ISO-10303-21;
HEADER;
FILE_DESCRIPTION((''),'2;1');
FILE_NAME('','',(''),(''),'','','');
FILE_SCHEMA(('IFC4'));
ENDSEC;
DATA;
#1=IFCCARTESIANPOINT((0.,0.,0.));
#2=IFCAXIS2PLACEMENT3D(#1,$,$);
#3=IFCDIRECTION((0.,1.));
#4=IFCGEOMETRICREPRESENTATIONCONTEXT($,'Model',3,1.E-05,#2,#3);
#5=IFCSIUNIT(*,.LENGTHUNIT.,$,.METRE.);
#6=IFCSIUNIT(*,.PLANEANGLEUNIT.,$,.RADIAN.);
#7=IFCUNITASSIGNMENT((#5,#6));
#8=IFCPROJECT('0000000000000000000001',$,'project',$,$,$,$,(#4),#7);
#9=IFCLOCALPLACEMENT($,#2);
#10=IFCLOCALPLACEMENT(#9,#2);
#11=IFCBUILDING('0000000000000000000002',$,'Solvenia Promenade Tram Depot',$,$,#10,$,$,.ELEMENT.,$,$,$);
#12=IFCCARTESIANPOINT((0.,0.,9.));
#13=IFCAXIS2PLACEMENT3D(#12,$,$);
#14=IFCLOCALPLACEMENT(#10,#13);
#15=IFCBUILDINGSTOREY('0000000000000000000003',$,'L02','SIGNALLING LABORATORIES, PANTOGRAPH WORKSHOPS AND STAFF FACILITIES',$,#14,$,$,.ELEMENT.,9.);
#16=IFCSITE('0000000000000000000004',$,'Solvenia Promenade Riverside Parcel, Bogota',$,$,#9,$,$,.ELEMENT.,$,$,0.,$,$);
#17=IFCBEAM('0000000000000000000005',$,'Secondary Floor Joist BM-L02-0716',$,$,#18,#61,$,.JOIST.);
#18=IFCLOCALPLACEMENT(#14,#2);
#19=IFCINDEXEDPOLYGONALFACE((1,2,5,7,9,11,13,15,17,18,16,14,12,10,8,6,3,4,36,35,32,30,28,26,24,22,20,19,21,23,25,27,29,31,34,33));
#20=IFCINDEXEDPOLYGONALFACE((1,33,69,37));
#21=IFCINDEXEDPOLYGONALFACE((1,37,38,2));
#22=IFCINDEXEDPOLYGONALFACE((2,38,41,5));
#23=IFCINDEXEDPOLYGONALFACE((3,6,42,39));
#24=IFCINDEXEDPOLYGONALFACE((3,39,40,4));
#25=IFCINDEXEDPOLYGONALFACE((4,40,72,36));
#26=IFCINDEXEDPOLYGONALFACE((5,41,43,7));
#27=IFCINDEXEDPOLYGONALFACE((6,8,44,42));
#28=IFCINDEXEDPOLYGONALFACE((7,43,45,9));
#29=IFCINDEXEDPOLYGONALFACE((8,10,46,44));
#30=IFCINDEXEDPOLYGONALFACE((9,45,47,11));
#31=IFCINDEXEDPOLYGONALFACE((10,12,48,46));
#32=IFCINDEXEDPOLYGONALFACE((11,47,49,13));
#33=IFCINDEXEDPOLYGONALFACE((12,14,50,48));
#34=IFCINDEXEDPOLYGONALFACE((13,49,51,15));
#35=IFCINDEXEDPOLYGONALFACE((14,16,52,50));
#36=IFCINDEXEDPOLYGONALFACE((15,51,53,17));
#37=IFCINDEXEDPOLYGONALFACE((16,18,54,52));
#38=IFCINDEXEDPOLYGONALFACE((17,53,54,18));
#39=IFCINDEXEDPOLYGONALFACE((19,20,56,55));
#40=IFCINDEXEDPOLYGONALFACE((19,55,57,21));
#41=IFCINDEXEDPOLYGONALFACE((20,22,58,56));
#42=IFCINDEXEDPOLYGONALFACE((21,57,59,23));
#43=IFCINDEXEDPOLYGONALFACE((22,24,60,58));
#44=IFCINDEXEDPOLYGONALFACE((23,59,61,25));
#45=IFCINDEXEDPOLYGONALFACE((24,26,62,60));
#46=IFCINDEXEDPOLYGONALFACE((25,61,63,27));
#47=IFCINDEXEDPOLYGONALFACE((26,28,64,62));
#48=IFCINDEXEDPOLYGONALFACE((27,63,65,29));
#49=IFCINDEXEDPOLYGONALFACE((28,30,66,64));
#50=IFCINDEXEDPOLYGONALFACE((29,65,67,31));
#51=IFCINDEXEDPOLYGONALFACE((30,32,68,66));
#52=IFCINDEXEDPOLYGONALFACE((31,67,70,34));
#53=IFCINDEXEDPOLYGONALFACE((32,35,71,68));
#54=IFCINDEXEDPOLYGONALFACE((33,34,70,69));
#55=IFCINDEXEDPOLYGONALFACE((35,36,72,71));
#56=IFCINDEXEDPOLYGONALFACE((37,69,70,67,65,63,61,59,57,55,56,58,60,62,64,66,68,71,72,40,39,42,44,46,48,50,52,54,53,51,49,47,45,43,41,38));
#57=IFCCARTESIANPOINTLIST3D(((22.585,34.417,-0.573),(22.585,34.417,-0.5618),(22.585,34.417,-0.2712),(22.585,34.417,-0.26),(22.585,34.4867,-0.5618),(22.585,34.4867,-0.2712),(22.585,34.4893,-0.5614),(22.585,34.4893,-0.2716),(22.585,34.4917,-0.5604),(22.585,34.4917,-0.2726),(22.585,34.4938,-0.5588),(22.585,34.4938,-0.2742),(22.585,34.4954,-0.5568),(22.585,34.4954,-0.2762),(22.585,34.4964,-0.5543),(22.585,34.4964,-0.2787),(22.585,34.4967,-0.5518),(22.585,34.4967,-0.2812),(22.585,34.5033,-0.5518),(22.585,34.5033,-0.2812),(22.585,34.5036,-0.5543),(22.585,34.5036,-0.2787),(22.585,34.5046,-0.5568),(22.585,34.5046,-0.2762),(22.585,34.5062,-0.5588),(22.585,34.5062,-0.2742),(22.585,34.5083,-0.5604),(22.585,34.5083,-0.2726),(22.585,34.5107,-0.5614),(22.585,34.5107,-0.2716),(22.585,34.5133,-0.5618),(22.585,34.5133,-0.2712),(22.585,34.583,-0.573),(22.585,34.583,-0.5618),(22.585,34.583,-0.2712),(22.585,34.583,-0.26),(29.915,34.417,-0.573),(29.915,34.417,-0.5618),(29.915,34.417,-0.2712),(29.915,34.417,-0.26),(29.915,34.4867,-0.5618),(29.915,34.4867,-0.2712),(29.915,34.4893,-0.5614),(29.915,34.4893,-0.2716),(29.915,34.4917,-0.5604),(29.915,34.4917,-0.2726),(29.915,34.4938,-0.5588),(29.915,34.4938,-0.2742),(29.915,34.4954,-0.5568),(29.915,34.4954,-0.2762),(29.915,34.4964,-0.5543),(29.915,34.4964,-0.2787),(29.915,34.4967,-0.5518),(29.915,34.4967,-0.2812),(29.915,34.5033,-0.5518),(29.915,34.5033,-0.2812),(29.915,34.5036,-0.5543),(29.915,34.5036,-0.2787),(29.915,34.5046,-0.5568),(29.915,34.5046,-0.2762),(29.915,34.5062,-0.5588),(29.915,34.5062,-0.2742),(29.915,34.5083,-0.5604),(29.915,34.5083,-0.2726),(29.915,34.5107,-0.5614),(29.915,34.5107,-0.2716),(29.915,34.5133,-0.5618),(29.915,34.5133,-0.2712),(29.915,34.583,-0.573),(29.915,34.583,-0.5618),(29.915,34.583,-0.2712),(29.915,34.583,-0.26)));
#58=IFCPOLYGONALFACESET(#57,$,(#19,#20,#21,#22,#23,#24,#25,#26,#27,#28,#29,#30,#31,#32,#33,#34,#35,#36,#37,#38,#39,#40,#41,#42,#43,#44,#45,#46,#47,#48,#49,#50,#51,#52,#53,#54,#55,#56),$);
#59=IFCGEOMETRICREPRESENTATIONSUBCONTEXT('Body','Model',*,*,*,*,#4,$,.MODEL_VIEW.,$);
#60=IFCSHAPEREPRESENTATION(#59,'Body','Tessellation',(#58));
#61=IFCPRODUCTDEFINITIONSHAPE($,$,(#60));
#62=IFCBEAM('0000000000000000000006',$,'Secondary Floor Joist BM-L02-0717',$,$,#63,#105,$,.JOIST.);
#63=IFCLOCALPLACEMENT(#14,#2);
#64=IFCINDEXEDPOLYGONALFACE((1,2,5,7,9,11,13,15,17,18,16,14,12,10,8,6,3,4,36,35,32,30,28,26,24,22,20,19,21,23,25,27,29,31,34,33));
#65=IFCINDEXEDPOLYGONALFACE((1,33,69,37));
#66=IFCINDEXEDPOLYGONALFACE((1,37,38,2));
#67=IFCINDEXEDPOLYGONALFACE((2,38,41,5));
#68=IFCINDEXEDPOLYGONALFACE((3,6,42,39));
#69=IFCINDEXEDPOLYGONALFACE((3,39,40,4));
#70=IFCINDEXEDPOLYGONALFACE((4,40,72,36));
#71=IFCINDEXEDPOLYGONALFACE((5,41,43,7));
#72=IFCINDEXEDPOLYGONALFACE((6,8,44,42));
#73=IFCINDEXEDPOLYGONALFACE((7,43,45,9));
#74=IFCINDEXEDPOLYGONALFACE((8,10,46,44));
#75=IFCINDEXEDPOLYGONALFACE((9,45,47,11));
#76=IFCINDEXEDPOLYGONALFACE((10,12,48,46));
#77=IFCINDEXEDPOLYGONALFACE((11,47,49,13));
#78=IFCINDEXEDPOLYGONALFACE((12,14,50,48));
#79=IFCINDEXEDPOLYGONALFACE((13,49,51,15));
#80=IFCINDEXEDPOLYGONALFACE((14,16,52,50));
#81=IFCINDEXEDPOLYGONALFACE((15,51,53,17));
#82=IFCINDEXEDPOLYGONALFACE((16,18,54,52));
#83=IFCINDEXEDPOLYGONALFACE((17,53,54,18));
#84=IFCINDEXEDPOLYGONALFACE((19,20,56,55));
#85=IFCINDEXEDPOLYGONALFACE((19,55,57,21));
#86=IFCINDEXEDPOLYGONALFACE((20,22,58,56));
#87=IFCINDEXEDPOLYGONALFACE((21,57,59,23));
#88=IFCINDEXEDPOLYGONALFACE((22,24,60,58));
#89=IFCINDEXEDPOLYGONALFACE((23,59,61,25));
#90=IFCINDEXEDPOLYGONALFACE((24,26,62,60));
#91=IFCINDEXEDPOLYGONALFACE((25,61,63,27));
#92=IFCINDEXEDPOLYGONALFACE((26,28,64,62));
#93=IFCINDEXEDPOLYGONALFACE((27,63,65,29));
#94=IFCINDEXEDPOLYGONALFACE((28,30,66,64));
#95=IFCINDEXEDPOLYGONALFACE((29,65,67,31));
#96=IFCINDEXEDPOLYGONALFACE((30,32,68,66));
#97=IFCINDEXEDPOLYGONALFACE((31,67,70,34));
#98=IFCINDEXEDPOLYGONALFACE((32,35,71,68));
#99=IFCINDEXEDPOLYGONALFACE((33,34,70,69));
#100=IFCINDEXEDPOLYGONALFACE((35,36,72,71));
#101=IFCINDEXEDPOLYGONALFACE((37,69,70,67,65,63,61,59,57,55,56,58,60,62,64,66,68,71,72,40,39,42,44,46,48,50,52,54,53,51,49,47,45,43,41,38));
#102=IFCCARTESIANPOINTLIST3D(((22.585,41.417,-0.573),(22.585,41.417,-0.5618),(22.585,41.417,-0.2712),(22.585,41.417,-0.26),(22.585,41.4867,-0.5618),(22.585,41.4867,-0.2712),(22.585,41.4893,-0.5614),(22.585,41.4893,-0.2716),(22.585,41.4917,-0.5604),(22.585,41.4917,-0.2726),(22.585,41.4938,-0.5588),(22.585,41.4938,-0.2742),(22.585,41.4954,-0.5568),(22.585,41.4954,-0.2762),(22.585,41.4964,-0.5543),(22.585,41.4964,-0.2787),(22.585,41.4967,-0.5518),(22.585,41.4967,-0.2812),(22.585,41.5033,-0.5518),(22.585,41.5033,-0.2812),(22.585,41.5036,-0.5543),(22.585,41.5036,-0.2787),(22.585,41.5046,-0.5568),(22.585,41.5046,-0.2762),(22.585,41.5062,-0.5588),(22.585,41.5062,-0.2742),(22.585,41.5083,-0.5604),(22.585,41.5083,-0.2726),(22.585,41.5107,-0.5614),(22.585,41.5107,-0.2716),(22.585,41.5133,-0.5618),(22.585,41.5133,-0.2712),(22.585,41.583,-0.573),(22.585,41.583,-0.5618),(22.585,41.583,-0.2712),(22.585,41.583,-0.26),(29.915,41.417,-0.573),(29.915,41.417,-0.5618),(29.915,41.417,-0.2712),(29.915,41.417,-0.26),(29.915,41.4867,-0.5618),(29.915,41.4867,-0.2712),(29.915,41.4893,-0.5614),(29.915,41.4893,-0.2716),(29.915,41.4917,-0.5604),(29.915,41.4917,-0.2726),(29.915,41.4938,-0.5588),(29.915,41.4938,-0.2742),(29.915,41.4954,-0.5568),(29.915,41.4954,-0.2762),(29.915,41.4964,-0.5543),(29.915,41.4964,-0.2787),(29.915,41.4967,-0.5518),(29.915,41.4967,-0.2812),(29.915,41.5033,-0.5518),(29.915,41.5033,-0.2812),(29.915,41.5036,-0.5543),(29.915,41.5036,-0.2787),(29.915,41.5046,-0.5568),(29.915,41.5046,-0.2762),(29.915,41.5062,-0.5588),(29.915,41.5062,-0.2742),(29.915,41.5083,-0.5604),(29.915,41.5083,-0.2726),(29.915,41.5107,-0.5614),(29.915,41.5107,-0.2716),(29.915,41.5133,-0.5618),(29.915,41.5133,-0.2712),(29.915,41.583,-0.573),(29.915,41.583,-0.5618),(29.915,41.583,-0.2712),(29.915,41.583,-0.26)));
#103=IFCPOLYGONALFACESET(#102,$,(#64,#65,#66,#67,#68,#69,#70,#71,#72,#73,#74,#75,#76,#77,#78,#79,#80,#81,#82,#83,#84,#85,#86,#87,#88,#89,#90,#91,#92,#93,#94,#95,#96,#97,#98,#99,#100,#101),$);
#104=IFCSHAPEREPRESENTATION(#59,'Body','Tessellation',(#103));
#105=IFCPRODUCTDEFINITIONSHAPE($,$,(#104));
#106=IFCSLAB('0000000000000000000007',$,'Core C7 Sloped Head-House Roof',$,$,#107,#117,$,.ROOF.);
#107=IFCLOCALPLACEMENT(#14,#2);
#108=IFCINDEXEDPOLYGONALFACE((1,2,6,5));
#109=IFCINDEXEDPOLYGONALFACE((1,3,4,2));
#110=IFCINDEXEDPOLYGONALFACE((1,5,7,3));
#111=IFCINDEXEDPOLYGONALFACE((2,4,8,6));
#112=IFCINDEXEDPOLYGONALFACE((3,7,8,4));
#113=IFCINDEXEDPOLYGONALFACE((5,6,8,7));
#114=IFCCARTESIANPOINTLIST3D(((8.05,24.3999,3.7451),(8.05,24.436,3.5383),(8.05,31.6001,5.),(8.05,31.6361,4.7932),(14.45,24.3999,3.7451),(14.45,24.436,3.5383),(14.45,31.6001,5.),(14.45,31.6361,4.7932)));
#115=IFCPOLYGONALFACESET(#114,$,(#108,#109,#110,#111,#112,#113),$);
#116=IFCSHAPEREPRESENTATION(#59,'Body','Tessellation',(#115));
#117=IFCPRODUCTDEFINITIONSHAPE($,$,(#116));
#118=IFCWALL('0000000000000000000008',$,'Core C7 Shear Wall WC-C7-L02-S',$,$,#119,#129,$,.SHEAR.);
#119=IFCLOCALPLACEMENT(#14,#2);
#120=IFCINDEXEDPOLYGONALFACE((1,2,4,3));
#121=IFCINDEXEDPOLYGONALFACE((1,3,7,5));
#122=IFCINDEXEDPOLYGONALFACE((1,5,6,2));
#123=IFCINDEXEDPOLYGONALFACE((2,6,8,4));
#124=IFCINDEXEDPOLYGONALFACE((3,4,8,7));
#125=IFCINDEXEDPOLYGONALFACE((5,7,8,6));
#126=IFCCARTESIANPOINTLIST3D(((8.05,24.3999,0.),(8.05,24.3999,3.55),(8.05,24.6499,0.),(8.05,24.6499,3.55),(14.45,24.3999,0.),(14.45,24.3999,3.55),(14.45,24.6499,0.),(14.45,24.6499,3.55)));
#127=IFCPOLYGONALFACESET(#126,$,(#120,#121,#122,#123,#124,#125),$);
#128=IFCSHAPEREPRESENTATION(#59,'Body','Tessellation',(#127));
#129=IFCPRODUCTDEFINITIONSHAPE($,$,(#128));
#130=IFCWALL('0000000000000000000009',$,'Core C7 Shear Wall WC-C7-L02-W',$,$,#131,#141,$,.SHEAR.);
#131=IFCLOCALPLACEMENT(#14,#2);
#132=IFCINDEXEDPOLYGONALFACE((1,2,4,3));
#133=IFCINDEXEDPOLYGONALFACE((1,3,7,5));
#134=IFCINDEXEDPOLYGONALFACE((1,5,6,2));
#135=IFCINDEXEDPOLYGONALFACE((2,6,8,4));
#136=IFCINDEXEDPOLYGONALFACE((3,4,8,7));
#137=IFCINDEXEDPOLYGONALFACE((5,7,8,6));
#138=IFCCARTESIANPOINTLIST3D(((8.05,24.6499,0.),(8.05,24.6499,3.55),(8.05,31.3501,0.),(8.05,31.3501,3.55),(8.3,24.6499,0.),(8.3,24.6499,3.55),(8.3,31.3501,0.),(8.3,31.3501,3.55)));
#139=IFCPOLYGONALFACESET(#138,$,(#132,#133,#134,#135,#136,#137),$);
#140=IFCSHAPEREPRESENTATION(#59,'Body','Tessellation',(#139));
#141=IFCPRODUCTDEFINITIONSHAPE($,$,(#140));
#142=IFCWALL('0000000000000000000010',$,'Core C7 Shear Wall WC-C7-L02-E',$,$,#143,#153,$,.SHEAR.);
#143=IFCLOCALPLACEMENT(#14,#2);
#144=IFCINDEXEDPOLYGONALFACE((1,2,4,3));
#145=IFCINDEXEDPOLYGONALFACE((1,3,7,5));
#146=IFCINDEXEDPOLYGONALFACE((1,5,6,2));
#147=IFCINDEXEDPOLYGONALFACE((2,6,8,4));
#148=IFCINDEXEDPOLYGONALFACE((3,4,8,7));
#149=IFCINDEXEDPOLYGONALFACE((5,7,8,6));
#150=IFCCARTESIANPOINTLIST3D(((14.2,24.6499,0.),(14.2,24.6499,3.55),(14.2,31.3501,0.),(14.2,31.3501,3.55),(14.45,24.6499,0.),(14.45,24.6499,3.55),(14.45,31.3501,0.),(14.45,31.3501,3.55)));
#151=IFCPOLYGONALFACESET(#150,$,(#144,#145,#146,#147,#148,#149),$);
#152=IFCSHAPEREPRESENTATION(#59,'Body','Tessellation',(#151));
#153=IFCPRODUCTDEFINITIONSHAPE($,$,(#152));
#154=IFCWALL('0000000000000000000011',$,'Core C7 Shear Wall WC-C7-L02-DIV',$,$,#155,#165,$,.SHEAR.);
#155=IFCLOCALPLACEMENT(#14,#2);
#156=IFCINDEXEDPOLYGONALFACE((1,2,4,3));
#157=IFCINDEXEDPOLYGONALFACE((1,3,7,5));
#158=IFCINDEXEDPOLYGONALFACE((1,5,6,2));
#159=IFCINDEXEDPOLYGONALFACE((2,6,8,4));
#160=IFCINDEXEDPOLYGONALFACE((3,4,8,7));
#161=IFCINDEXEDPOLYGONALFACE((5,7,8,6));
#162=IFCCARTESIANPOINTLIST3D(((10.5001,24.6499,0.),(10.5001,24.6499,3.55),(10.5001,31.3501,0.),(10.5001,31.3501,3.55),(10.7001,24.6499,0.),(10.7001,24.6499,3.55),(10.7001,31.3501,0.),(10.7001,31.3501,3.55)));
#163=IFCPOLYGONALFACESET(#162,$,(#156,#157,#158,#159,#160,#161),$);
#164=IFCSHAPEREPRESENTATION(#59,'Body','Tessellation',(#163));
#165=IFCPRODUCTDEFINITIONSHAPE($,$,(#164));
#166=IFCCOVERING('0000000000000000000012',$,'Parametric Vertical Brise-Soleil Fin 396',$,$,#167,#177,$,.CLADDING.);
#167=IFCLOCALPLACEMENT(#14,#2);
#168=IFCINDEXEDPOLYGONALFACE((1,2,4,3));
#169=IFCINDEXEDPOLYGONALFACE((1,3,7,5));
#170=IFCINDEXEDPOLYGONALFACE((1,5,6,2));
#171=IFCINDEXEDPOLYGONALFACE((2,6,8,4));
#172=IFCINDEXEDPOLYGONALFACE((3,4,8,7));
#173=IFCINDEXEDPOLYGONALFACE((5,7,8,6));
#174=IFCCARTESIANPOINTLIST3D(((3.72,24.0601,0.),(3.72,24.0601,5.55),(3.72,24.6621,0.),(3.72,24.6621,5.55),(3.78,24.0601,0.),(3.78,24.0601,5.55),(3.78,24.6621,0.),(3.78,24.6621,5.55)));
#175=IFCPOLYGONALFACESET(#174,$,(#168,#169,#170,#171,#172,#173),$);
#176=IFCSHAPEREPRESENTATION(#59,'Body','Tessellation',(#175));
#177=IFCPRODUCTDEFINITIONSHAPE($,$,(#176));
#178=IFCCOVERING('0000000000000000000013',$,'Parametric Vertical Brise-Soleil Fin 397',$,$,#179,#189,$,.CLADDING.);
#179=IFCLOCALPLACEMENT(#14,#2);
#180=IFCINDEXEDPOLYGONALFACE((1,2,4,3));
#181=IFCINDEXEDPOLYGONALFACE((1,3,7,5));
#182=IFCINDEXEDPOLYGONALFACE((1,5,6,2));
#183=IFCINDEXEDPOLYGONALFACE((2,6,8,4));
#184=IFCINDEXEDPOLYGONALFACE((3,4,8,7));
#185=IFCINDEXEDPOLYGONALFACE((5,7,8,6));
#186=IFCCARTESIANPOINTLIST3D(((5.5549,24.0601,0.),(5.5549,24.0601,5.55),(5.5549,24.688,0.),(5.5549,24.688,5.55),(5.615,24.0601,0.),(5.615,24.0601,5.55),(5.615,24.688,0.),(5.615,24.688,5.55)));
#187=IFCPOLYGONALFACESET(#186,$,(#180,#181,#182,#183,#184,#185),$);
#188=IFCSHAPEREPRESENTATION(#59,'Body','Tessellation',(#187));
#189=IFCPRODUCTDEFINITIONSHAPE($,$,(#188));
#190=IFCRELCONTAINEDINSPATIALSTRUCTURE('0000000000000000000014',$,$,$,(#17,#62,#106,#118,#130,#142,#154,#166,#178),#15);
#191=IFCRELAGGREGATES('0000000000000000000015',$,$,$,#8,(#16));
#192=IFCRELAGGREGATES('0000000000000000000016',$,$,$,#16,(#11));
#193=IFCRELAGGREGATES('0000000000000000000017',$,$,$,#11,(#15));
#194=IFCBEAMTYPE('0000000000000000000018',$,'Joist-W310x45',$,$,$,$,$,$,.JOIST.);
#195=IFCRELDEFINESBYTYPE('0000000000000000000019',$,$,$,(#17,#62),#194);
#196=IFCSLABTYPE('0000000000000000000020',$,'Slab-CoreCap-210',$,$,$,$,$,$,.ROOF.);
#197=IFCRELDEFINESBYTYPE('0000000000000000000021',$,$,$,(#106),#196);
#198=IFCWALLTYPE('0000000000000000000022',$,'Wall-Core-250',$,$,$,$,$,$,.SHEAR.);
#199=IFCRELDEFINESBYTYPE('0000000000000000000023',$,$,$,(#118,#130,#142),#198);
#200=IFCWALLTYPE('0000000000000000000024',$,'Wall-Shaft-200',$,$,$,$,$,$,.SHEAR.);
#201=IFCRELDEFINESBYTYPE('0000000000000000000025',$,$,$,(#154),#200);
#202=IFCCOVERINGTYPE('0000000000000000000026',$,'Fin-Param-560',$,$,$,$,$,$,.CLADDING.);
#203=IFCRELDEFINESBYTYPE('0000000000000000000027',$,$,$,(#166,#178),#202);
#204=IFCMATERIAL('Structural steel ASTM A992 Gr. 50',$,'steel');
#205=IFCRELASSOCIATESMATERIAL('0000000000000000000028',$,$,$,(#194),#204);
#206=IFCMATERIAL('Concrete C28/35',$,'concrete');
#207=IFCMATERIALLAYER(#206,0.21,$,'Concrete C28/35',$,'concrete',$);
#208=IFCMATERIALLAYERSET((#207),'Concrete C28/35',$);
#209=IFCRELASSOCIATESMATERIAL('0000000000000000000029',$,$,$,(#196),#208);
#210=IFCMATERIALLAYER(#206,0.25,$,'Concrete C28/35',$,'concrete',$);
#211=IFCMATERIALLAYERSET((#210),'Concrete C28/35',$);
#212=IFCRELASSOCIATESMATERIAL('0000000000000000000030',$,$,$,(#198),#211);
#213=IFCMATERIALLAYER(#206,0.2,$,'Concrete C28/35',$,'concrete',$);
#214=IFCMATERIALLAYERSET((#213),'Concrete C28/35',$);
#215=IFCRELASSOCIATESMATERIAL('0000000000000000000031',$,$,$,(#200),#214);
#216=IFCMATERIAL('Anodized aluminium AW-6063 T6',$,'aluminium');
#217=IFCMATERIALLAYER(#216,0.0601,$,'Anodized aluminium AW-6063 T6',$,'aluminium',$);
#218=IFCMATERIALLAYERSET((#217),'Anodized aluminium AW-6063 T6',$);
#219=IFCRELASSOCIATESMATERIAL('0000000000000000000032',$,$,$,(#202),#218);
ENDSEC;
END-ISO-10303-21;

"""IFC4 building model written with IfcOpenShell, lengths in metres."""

from ifc_helpers import new_model, si_unit, direction, frame, frame_2d, origin, origin_2d, place, context, subcontext, project, spatial, polyline, rectangle, i_section, outline, extrude, material, layer, layer_set, material_profile, profile_set, type_object, element, save


model = new_model("IFC4")

# Units and contexts
model_context = context("Model", 3, precision=1e-05, world=origin(), true_north=direction((0.0, 1.0)))
body_context = subcontext(model_context, "Body", "Model", "MODEL_VIEW")
ifc_project = project(units=[si_unit("LENGTHUNIT", "METRE"), si_unit("PLANEANGLEUNIT", "RADIAN")], contexts=[model_context])

# Site, building, storey
site_placement = place(None, origin())
site = spatial("IfcSite", under=ifc_project, at=site_placement, Name="Solvenia Promenade Riverside Parcel, Bogota", CompositionType="ELEMENT", RefElevation=0.0)
building_placement = place(site_placement, origin())
building = spatial("IfcBuilding", under=site, at=building_placement, Name="Solvenia Promenade Tram Depot", CompositionType="ELEMENT")
storey_placement = place(building_placement, frame((0.0, 0.0, 9.0)))
storey = spatial("IfcBuildingStorey", under=building, at=storey_placement, Name="L02", Description="SIGNALLING LABORATORIES, PANTOGRAPH WORKSHOPS AND STAFF FACILITIES", CompositionType="ELEMENT", Elevation=9.0)

# Beams
ifc_material_1 = material(Name="Structural steel ASTM A992 Gr. 50", Category="steel")
ifc_material_profile_1 = material_profile(ifc_material_1, i_section(OverallWidth=0.166, OverallDepth=0.313, WebThickness=0.0066, FlangeThickness=0.0112, FilletRadius=0.01, at=origin_2d()), Name="W310x45", Category="steel")
ifc_profile_set_1 = profile_set([ifc_material_profile_1], Name="Structural steel ASTM A992 Gr. 50")
beam_type_1 = type_object("IfcBeamType", Name="Joist-W310x45", PredefinedType="JOIST", material=ifc_profile_set_1)
for number, where, z_axis, x_axis, name in (
    (1, (22.585, 34.5, -0.4165), (1.0, 0.0, 0.0), (0.0, 1.0, 0.0), "Secondary Floor Joist BM-L02-0716"),
    (2, (22.585, 41.5, -0.4165), (1.0, 0.0, 0.0), (0.0, 1.0, 0.0), "Secondary Floor Joist BM-L02-0717"),
):
    element("IfcBeam", number, at=place(storey_placement, frame(where, z_axis=z_axis, x_axis=x_axis)), inside=storey, type_object=beam_type_1, Name=name, PredefinedType="JOIST", context=body_context, shape_type="SweptSolid", body=[
        extrude(i_section(OverallWidth=0.166, OverallDepth=0.313, WebThickness=0.0066, FlangeThickness=0.0112, FilletRadius=0.01, at=origin_2d()), origin(), (0.0, 0.0, 1.0), 7.3301),
    ])

# Slab
ifc_material_2 = material(Name="Concrete C28/35", Category="concrete")
ifc_layer_1 = layer(ifc_material_2, 0.21, Name="Concrete C28/35", Category="concrete")
ifc_layer_set_1 = layer_set([ifc_layer_1], Name="Concrete C28/35")
slab_type = type_object("IfcSlabType", Name="Slab-CoreCap-210", PredefinedType="ROOF", material=ifc_layer_set_1)
slab_placement = place(storey_placement, frame((8.05, 24.3999, 3.7451), z_axis=(0.0, -0.171696, 0.98515), x_axis=(1.0, 0.0, 0.0)))
element("IfcSlab", 3, at=slab_placement, inside=storey, type_object=slab_type, Name="Core C7 Sloped Head-House Roof", PredefinedType="ROOF", context=body_context, shape_type="SweptSolid", body=[
    extrude(outline(polyline([(0.0, 0.0), (6.3999, 0.0), (6.3999, 7.3087), (0.0, 7.3087), (0.0, 0.0)])), origin(), (0.0, 0.0, -1.0), 0.21),
])

# Wall
ifc_layer_2 = layer(ifc_material_2, 0.25, Name="Concrete C28/35", Category="concrete")
ifc_layer_set_2 = layer_set([ifc_layer_2], Name="Concrete C28/35")
wall_type_1 = type_object("IfcWallType", Name="Wall-Core-250", PredefinedType="SHEAR", material=ifc_layer_set_2)
wall_1_placement = place(storey_placement, frame((8.05, 24.5249, 0.0), z_axis=(0.0, 0.0, 1.0), x_axis=(1.0, 0.0, 0.0)))
element("IfcWall", 4, at=wall_1_placement, inside=storey, type_object=wall_type_1, Name="Core C7 Shear Wall WC-C7-L02-S", PredefinedType="SHEAR", context=body_context, shape_type="SweptSolid", body=[
    extrude(rectangle(XDim=6.3999, YDim=0.25, at=frame_2d((3.2, 0.0))), origin(), (0.0, 0.0, 1.0), 3.55),
])

# Walls
for number, where, z_axis, x_axis, name in (
    (5, (8.175, 24.6499, 0.0), (0.0, 0.0, 1.0), (0.0, 1.0, 0.0), "Core C7 Shear Wall WC-C7-L02-W"),
    (6, (14.325, 24.6499, 0.0), (0.0, 0.0, 1.0), (0.0, 1.0, 0.0), "Core C7 Shear Wall WC-C7-L02-E"),
):
    element("IfcWall", number, at=place(storey_placement, frame(where, z_axis=z_axis, x_axis=x_axis)), inside=storey, type_object=wall_type_1, Name=name, PredefinedType="SHEAR", context=body_context, shape_type="SweptSolid", body=[
        extrude(rectangle(XDim=6.7002, YDim=0.25, at=frame_2d((3.3501, 0.0))), origin(), (0.0, 0.0, 1.0), 3.55),
    ])
ifc_layer_3 = layer(ifc_material_2, 0.2, Name="Concrete C28/35", Category="concrete")
ifc_layer_set_3 = layer_set([ifc_layer_3], Name="Concrete C28/35")
wall_type_2 = type_object("IfcWallType", Name="Wall-Shaft-200", PredefinedType="SHEAR", material=ifc_layer_set_3)
wall_2_placement = place(storey_placement, frame((10.6001, 24.6499, 0.0), z_axis=(0.0, 0.0, 1.0), x_axis=(0.0, 1.0, 0.0)))
element("IfcWall", 7, at=wall_2_placement, inside=storey, type_object=wall_type_2, Name="Core C7 Shear Wall WC-C7-L02-DIV", PredefinedType="SHEAR", context=body_context, shape_type="SweptSolid", body=[
    extrude(rectangle(XDim=6.7002, YDim=0.2, at=frame_2d((3.3501, 0.0))), origin(), (0.0, 0.0, 1.0), 3.55),
])

# Coverings
ifc_material_3 = material(Name="Anodized aluminium AW-6063 T6", Category="aluminium")
ifc_layer_4 = layer(ifc_material_3, 0.0601, Name="Anodized aluminium AW-6063 T6", Category="aluminium")
ifc_layer_set_4 = layer_set([ifc_layer_4], Name="Anodized aluminium AW-6063 T6")
covering_type = type_object("IfcCoveringType", Name="Fin-Param-560", PredefinedType="CLADDING", material=ifc_layer_set_4)
covering_1_placement = place(storey_placement, frame((3.75, 24.3611, 0.0), z_axis=(0.0, 0.0, 1.0), x_axis=(1.0, 0.0, 0.0)))
element("IfcCovering", 8, at=covering_1_placement, inside=storey, type_object=covering_type, Name="Parametric Vertical Brise-Soleil Fin 396", PredefinedType="CLADDING", context=body_context, shape_type="SweptSolid", body=[
    extrude(rectangle(XDim=0.0601, YDim=0.6021, at=origin_2d()), origin(), (0.0, 0.0, 1.0), 5.55),
])
covering_2_placement = place(storey_placement, frame((5.585, 24.374, 0.0), z_axis=(0.0, 0.0, 1.0), x_axis=(1.0, 0.0, 0.0)))
element("IfcCovering", 9, at=covering_2_placement, inside=storey, type_object=covering_type, Name="Parametric Vertical Brise-Soleil Fin 397", PredefinedType="CLADDING", context=body_context, shape_type="SweptSolid", body=[
    extrude(rectangle(XDim=0.0601, YDim=0.6279, at=origin_2d()), origin(), (0.0, 0.0, 1.0), 5.55),
])

save(model, "model.ifc")
